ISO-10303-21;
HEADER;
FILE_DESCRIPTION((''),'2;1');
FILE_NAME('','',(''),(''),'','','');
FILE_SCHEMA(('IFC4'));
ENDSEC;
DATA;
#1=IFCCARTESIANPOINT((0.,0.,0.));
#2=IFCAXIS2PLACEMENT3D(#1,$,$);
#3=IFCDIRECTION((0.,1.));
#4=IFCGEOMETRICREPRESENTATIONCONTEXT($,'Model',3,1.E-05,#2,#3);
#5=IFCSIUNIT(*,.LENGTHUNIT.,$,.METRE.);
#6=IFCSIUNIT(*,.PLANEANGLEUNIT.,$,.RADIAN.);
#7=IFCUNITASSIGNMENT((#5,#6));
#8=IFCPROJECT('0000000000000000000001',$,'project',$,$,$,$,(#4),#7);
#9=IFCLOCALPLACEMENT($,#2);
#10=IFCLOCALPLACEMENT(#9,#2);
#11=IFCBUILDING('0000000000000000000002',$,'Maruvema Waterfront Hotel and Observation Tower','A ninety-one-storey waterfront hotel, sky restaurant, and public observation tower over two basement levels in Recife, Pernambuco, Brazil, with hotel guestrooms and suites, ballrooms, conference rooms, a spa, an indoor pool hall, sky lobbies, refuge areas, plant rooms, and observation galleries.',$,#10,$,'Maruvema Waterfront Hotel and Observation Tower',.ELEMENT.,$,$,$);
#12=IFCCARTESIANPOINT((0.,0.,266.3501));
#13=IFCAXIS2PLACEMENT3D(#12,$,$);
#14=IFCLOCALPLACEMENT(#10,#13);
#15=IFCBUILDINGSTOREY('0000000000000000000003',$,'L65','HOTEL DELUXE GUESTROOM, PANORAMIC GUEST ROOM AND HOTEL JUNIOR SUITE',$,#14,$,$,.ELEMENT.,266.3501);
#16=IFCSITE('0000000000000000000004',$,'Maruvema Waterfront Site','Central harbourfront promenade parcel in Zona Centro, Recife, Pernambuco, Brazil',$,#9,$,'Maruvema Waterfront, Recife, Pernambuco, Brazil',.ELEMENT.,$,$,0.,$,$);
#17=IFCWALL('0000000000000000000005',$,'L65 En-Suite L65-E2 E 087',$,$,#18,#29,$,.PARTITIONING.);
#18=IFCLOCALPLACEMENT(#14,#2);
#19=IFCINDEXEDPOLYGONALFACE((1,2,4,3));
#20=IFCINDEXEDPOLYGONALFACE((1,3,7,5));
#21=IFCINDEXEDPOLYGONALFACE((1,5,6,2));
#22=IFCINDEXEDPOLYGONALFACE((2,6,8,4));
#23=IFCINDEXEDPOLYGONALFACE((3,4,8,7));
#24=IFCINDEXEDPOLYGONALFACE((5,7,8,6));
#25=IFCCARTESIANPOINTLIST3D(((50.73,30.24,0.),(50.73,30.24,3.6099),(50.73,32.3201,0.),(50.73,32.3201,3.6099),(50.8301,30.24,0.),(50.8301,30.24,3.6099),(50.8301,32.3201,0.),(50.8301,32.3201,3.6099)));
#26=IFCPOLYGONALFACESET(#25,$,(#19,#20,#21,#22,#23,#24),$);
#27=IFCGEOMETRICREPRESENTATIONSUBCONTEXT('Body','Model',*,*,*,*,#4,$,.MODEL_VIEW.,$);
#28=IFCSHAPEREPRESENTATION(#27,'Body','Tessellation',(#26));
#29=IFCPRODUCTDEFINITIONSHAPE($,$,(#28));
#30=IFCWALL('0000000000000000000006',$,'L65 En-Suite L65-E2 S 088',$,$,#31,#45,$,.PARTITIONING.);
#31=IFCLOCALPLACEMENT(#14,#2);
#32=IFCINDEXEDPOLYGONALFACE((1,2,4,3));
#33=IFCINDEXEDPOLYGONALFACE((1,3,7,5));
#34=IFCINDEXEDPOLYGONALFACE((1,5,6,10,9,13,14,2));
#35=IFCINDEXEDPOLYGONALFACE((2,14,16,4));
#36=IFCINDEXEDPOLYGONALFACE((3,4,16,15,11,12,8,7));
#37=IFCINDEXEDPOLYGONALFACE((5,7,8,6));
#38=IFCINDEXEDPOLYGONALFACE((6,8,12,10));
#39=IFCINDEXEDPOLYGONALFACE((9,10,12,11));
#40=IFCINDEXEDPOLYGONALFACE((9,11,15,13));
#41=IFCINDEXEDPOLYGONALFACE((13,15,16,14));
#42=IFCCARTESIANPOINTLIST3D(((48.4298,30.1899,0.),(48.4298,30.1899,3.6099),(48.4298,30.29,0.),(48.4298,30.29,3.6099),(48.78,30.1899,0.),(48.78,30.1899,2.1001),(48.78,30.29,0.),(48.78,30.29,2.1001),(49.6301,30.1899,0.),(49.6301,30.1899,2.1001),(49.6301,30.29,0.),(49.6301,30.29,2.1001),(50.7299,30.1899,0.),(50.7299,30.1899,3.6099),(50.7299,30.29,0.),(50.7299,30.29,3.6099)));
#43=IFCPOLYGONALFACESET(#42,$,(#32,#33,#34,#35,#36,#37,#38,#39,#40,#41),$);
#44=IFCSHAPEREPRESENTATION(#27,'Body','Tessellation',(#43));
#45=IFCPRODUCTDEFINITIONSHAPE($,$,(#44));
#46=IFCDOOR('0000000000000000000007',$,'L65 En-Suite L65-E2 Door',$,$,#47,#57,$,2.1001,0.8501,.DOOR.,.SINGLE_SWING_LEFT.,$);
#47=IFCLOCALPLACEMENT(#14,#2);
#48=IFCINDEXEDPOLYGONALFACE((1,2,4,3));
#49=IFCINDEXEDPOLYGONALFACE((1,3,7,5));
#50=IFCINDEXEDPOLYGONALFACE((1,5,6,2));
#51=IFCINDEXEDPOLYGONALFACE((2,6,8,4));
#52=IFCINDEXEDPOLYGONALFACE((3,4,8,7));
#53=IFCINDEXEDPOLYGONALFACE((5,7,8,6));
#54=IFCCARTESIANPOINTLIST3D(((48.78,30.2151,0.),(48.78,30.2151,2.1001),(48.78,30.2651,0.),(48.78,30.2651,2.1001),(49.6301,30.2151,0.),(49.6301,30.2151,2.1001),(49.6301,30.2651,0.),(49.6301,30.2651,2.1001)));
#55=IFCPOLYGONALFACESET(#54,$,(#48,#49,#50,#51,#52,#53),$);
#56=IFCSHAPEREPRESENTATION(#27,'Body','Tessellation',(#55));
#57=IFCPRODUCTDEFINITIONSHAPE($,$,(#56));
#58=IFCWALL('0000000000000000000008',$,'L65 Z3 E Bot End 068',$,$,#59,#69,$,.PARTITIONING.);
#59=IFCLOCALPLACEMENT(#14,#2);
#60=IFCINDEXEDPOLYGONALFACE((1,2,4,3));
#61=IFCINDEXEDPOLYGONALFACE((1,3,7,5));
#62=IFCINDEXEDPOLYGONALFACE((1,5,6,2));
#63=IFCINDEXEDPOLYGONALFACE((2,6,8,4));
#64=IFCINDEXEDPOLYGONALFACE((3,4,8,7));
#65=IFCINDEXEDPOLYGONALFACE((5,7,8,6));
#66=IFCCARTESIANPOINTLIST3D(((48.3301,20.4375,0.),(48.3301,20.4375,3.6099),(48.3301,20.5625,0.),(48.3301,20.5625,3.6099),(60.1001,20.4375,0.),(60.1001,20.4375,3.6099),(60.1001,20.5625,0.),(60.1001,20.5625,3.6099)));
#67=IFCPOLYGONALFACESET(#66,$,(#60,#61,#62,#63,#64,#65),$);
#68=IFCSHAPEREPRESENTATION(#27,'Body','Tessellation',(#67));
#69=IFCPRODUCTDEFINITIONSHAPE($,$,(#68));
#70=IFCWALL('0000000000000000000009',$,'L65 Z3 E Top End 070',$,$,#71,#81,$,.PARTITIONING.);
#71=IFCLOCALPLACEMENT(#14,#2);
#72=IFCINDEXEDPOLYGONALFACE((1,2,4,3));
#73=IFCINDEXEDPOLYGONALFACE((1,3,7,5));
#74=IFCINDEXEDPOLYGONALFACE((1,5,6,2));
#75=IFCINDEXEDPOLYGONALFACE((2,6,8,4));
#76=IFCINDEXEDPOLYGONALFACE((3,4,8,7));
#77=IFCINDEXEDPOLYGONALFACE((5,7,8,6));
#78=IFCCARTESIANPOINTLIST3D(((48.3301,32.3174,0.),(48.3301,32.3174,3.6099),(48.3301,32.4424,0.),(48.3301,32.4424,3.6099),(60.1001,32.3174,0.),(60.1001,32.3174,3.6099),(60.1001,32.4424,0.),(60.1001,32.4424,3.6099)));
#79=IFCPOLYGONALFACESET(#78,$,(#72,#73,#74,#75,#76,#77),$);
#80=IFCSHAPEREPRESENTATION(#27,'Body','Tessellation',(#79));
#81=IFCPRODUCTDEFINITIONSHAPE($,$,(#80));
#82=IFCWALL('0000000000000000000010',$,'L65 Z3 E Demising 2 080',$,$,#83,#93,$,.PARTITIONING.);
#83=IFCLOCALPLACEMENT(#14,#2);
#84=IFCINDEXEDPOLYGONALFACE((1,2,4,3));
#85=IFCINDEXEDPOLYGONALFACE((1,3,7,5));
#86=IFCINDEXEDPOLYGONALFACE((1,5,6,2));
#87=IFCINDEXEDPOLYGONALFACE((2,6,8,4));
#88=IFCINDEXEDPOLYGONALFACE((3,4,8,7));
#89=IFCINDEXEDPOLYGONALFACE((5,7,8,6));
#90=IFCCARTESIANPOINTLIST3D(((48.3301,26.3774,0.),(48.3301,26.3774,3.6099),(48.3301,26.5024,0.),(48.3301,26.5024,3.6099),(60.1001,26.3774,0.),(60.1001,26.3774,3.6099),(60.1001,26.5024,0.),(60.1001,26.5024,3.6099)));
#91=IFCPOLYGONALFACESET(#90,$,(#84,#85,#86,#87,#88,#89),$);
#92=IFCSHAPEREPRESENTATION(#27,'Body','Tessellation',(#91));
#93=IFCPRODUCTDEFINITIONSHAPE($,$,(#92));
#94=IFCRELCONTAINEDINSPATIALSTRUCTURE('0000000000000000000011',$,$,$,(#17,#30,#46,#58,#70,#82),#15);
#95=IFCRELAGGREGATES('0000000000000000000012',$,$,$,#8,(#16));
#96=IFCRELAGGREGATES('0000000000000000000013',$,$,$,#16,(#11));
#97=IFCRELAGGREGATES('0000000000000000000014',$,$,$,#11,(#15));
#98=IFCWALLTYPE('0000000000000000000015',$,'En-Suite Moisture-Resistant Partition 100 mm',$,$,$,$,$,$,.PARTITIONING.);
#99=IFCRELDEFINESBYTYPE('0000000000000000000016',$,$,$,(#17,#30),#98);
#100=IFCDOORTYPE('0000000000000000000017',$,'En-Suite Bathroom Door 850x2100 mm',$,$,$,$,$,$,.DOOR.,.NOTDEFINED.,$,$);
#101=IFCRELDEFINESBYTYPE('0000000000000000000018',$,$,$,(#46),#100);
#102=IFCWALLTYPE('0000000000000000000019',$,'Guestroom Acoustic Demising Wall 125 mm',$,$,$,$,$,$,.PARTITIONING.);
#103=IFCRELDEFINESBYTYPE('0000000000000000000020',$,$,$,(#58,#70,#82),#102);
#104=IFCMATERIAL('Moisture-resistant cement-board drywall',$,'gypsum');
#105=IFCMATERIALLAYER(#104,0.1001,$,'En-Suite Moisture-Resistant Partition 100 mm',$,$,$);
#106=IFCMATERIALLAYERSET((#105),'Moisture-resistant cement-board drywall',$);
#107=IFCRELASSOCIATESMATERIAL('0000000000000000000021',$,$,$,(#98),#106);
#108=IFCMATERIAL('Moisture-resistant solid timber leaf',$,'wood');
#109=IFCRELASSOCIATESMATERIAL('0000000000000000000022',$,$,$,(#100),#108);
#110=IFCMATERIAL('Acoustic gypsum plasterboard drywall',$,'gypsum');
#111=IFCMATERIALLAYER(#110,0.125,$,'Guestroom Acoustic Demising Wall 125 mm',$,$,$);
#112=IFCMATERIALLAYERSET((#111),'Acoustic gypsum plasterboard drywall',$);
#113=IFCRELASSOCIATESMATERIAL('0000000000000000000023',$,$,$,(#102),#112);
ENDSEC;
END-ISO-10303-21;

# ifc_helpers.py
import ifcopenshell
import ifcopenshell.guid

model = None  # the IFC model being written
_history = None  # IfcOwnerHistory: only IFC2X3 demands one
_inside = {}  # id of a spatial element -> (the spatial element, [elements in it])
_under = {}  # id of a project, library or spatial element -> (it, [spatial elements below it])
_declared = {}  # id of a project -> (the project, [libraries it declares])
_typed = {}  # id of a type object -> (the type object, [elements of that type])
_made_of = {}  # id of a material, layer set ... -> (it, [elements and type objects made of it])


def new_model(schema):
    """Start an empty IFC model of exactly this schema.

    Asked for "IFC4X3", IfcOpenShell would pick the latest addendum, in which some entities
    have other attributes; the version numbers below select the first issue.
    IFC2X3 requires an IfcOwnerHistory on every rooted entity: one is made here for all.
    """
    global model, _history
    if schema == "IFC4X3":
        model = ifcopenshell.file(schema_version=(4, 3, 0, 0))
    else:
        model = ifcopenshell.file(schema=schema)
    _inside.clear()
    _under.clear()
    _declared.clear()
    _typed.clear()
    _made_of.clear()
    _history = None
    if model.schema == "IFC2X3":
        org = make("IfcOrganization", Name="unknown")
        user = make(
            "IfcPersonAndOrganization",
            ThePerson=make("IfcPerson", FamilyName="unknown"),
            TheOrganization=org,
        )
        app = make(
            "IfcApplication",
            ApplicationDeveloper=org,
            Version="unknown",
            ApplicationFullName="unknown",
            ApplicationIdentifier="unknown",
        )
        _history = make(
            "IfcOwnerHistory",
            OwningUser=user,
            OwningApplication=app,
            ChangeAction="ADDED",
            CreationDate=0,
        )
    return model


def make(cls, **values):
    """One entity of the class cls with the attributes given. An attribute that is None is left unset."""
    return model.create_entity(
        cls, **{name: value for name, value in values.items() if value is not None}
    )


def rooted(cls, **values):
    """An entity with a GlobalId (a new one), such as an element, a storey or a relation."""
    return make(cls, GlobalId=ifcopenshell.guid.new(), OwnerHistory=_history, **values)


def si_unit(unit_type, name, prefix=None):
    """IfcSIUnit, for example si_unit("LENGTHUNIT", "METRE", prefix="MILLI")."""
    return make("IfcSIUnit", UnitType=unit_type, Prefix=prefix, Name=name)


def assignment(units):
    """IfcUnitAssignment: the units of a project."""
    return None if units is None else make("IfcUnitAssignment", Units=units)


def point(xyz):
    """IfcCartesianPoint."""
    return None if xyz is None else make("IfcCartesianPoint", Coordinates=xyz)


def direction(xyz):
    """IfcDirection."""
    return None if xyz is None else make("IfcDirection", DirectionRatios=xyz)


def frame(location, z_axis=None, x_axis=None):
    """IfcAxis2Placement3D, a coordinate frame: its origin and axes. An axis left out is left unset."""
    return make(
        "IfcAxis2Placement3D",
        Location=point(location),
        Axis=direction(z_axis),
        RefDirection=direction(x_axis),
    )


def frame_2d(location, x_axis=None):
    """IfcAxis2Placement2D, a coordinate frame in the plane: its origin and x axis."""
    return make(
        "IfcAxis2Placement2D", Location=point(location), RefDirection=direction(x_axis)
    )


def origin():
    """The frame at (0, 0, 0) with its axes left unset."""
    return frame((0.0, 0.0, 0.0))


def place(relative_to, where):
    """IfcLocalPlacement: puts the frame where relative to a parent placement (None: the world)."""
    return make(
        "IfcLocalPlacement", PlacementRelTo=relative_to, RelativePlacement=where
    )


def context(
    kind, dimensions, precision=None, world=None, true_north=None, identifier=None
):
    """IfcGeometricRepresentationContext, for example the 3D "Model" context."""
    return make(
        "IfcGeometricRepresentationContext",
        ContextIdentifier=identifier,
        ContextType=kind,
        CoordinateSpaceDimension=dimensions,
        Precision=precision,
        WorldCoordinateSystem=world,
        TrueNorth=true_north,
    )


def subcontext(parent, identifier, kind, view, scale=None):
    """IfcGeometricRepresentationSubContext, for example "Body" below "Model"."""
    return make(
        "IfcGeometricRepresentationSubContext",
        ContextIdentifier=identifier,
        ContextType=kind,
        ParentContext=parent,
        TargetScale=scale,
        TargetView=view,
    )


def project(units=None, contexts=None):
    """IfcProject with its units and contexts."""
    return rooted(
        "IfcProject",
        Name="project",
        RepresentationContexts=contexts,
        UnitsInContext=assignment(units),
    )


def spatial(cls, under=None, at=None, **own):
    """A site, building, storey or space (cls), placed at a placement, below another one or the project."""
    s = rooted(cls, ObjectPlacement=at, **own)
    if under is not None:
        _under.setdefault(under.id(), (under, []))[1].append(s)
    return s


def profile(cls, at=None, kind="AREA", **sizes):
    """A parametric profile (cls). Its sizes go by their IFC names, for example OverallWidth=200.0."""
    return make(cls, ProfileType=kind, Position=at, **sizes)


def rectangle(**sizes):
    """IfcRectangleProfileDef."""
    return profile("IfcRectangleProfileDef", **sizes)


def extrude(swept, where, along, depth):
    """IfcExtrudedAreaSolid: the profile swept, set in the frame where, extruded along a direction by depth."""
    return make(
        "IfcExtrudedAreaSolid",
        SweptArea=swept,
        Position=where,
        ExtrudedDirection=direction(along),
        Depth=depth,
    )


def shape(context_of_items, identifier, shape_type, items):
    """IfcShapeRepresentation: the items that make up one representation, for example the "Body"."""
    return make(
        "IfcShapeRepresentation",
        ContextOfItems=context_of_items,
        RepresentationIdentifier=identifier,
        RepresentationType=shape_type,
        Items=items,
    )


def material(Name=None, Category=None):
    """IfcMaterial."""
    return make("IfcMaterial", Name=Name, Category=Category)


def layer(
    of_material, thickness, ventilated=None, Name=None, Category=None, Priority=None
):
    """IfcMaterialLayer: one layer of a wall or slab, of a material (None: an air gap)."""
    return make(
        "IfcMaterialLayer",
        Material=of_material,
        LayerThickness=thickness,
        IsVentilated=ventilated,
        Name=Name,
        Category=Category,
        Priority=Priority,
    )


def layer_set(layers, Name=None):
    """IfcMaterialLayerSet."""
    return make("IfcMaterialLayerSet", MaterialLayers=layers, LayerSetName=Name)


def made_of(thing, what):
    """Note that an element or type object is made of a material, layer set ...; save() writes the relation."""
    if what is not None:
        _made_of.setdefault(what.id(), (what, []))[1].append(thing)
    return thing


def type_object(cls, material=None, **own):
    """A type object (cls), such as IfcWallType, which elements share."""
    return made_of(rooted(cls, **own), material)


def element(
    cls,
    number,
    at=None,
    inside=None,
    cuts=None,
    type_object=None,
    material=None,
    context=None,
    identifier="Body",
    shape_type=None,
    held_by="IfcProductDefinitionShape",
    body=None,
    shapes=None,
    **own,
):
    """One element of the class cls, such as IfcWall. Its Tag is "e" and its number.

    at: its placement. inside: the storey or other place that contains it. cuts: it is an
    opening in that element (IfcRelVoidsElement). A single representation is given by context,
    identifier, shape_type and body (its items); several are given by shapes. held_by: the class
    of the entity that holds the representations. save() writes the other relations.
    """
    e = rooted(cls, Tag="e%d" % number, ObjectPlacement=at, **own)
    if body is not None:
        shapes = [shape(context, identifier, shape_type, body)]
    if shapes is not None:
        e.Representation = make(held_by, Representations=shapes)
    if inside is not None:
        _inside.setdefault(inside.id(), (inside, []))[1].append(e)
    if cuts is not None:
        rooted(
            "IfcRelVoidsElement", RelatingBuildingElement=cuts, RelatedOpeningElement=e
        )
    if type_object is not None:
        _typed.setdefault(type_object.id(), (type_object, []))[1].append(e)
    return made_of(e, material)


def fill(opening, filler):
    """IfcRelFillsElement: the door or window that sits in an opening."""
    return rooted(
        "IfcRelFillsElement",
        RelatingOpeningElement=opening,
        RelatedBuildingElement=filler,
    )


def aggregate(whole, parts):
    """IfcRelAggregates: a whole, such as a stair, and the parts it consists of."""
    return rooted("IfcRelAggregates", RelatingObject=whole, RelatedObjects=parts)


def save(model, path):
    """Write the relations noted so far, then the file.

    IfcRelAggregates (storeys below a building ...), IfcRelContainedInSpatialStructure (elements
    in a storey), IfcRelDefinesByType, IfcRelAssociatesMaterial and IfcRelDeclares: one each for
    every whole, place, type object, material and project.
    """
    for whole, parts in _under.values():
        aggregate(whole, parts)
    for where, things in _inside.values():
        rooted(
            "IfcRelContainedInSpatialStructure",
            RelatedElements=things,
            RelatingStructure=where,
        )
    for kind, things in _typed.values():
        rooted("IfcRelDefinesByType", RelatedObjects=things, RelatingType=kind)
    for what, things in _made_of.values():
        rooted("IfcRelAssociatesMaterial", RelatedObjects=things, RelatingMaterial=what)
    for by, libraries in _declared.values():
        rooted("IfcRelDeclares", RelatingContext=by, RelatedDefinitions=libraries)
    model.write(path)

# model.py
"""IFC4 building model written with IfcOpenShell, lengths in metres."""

from ifc_helpers import new_model, si_unit, direction, frame, frame_2d, origin, place, context, subcontext, project, spatial, rectangle, extrude, material, layer, layer_set, type_object, element, fill, save


model = new_model("IFC4")

# Units and contexts
model_context = context("Model", 3, precision=1e-05, world=origin(), true_north=direction((0.0, 1.0)))
body_context = subcontext(model_context, "Body", "Model", "MODEL_VIEW")
ifc_project = project(units=[si_unit("LENGTHUNIT", "METRE"), si_unit("PLANEANGLEUNIT", "RADIAN")], contexts=[model_context])

# Site, building, storey
site_placement = place(None, origin())
site = spatial("IfcSite", under=ifc_project, at=site_placement, Name="Maruvema Waterfront Site", Description="Central harbourfront promenade parcel in Zona Centro, Recife, Pernambuco, Brazil", LongName="Maruvema Waterfront, Recife, Pernambuco, Brazil", CompositionType="ELEMENT", RefElevation=0.0)
building_placement = place(site_placement, origin())
building = spatial("IfcBuilding", under=site, at=building_placement, Name="Maruvema Waterfront Hotel and Observation Tower", Description="A ninety-one-storey waterfront hotel, sky restaurant, and public observation tower over two basement levels in Recife, Pernambuco, Brazil, with hotel guestrooms and suites, ballrooms, conference rooms, a spa, an indoor pool hall, sky lobbies, refuge areas, plant rooms, and observation galleries.", LongName="Maruvema Waterfront Hotel and Observation Tower", CompositionType="ELEMENT")
storey_placement = place(building_placement, frame((0.0, 0.0, 266.3501)))
storey = spatial("IfcBuildingStorey", under=building, at=storey_placement, Name="L65", Description="HOTEL DELUXE GUESTROOM, PANORAMIC GUEST ROOM AND HOTEL JUNIOR SUITE", CompositionType="ELEMENT", Elevation=266.3501)

# Shared definitions
ifc_material_1 = material(Name="Moisture-resistant cement-board drywall", Category="gypsum")
ifc_layer_1 = layer(ifc_material_1, 0.1001, Name="En-Suite Moisture-Resistant Partition 100 mm")
ifc_layer_set_1 = layer_set([ifc_layer_1], Name="Moisture-resistant cement-board drywall")
wall_type_1 = type_object("IfcWallType", Name="En-Suite Moisture-Resistant Partition 100 mm", PredefinedType="PARTITIONING", material=ifc_layer_set_1)

# Shared definitions
ifc_material_2 = material(Name="Moisture-resistant solid timber leaf", Category="wood")
door_type_1 = type_object("IfcDoorType", Name="En-Suite Bathroom Door 850x2100 mm", OperationType="NOTDEFINED", PredefinedType="DOOR", material=ifc_material_2)

# Wall
wall_1_placement = place(storey_placement, frame((50.78, 30.24, 0.0), z_axis=(0.0, 0.0, 1.0), x_axis=(0.0, 1.0, 0.0)))
element("IfcWall", 1, at=wall_1_placement, inside=storey, type_object=wall_type_1, Name="L65 En-Suite L65-E2 E 087", PredefinedType="PARTITIONING", context=body_context, shape_type="SweptSolid", body=[
    extrude(rectangle(XDim=2.0801, YDim=0.1001, at=frame_2d((1.04, 0.0))), origin(), (0.0, 0.0, 1.0), 3.6099),
])

# Wall, opening, door
wall_2_placement = place(storey_placement, frame((48.4299, 30.24, 0.0), z_axis=(0.0, 0.0, 1.0), x_axis=(1.0, 0.0, 0.0)))
wall_2 = element("IfcWall", 2, at=wall_2_placement, inside=storey, type_object=wall_type_1, Name="L65 En-Suite L65-E2 S 088", PredefinedType="PARTITIONING", context=body_context, shape_type="SweptSolid", body=[
    extrude(rectangle(XDim=2.3, YDim=0.1001, at=frame_2d((1.1499, 0.0))), origin(), (0.0, 0.0, 1.0), 3.6099),
])
opening_1_placement = place(wall_2_placement, frame((0.3501, 0.0, 0.0)))
opening_1 = element("IfcOpeningElement", 3, at=opening_1_placement, cuts=wall_2, PredefinedType="OPENING", context=body_context, shape_type="SweptSolid", body=[
    extrude(rectangle(XDim=0.8501, YDim=2.1001, at=frame_2d((0.425, 1.05))), frame((0.0, 0.0601, 0.0), z_axis=(0.0, -1.0, 0.0), x_axis=(1.0, 0.0, 0.0)), (0.0, 0.0, 1.0), 0.1201),
])
door_1_placement = place(opening_1_placement, frame((0.8501, 0.0, 0.0), z_axis=(0.0, 0.0, 1.0), x_axis=(-1.0, 0.0, 0.0)))
door_1 = element("IfcDoor", 4, at=door_1_placement, inside=storey, type_object=door_type_1, Name="L65 En-Suite L65-E2 Door", OperationType="SINGLE_SWING_LEFT", OverallHeight=2.1001, OverallWidth=0.8501, PredefinedType="DOOR", context=body_context, shape_type="SweptSolid", body=[
    extrude(rectangle(XDim=0.8501, YDim=2.1001, at=frame_2d((0.425, 1.05))), frame((0.0, 0.0249, 0.0), z_axis=(0.0, -1.0, 0.0), x_axis=(1.0, 0.0, 0.0)), (0.0, 0.0, 1.0), 0.05),
])
fill(opening_1, door_1)

# Walls
ifc_material_3 = material(Name="Acoustic gypsum plasterboard drywall", Category="gypsum")
ifc_layer_2 = layer(ifc_material_3, 0.125, Name="Guestroom Acoustic Demising Wall 125 mm")
ifc_layer_set_2 = layer_set([ifc_layer_2], Name="Acoustic gypsum plasterboard drywall")
wall_type_2 = type_object("IfcWallType", Name="Guestroom Acoustic Demising Wall 125 mm", PredefinedType="PARTITIONING", material=ifc_layer_set_2)
for number, where, z_axis, x_axis, name in (
    (5, (48.3301, 20.5, 0.0), (0.0, 0.0, 1.0), (1.0, 0.0, 0.0), "L65 Z3 E Bot End 068"),
    (6, (48.3301, 32.3799, 0.0), (0.0, 0.0, 1.0), (1.0, 0.0, 0.0), "L65 Z3 E Top End 070"),
    (7, (48.3301, 26.4399, 0.0), (0.0, 0.0, 1.0), (1.0, 0.0, 0.0), "L65 Z3 E Demising 2 080"),
):
    element("IfcWall", number, at=place(storey_placement, frame(where, z_axis=z_axis, x_axis=x_axis)), inside=storey, type_object=wall_type_2, Name=name, PredefinedType="PARTITIONING", context=body_context, shape_type="SweptSolid", body=[
        extrude(rectangle(XDim=11.77, YDim=0.125, at=frame_2d((5.885, 0.0))), origin(), (0.0, 0.0, 1.0), 3.6099),
    ])

save(model, "model.ifc")
